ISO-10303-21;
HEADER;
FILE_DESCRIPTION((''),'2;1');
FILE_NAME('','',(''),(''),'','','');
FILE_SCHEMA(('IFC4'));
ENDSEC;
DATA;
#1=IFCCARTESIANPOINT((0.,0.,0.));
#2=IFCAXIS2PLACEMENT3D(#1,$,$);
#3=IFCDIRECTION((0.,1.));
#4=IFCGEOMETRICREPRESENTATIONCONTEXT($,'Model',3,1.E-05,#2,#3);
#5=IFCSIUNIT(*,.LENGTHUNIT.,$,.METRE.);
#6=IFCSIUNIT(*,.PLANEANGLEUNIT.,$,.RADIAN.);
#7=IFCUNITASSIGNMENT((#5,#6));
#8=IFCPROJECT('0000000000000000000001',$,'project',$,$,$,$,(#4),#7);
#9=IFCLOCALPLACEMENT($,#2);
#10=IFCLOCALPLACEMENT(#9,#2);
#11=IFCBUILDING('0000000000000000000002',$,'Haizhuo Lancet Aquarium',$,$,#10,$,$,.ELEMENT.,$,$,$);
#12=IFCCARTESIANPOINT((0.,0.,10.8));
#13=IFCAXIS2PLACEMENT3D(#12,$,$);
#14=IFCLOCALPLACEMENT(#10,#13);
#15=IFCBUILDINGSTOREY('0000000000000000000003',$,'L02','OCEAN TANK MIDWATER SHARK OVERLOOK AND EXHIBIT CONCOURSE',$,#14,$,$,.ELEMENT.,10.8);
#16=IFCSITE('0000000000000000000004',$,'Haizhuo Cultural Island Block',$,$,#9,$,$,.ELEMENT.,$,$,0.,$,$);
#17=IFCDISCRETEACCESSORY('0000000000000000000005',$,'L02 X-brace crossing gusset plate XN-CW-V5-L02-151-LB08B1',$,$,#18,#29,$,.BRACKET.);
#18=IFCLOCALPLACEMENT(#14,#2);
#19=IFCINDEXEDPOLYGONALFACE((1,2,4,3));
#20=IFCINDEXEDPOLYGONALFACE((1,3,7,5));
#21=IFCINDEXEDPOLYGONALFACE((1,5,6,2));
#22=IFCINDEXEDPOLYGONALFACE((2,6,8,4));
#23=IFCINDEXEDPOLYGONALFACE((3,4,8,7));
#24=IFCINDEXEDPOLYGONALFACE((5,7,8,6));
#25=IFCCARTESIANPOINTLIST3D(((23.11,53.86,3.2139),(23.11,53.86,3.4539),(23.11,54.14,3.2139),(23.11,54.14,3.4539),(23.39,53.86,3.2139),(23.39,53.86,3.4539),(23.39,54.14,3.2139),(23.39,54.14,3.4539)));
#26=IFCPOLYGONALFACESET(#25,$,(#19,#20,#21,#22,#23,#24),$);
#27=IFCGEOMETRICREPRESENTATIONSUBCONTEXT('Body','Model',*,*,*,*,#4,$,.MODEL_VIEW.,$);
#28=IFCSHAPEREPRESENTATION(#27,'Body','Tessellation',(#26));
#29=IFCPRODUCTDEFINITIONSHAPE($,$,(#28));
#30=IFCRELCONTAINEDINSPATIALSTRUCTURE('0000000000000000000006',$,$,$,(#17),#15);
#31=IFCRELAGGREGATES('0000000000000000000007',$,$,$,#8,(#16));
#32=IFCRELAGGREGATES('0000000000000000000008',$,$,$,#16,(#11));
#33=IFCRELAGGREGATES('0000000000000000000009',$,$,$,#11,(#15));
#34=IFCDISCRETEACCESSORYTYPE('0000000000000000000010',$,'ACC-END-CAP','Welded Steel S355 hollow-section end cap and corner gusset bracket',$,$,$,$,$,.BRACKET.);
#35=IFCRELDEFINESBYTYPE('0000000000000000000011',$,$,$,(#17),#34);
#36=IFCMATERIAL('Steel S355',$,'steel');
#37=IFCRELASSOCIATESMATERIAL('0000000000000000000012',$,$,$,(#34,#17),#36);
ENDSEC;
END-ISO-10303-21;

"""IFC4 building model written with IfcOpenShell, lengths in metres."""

from ifc_helpers import new_model, si_unit, direction, frame, origin, origin_2d, place, context, subcontext, project, spatial, rectangle, extrude, material, type_object, element, save


model = new_model("IFC4")

# Units and contexts
model_context = context("Model", 3, precision=1e-05, world=origin(), true_north=direction((0.0, 1.0)))
body_context = subcontext(model_context, "Body", "Model", "MODEL_VIEW")
ifc_project = project(units=[si_unit("LENGTHUNIT", "METRE"), si_unit("PLANEANGLEUNIT", "RADIAN")], contexts=[model_context])

# Site, building, storey
site_placement = place(None, origin())
site = spatial("IfcSite", under=ifc_project, at=site_placement, Name="Haizhuo Cultural Island Block", CompositionType="ELEMENT", RefElevation=0.0)
building_placement = place(site_placement, origin())
building = spatial("IfcBuilding", under=site, at=building_placement, Name="Haizhuo Lancet Aquarium", CompositionType="ELEMENT")
storey_placement = place(building_placement, frame((0.0, 0.0, 10.8)))
storey = spatial("IfcBuildingStorey", under=building, at=storey_placement, Name="L02", Description="OCEAN TANK MIDWATER SHARK OVERLOOK AND EXHIBIT CONCOURSE", CompositionType="ELEMENT", Elevation=10.8)

# Shared definitions
ifc_material_1 = material(Name="Steel S355", Category="steel")

# Discrete accessory
discrete_accessory_type = type_object("IfcDiscreteAccessoryType", Name="ACC-END-CAP", Description="Welded Steel S355 hollow-section end cap and corner gusset bracket", PredefinedType="BRACKET", material=ifc_material_1)
for number, where, z_axis, x_axis, name in (
    (1, (23.25, 54.0, 3.2139), (0.0, 0.0, 1.0), (1.0, 0.0, 0.0), "L02 X-brace crossing gusset plate XN-CW-V5-L02-151-LB08B1"),
):
    element("IfcDiscreteAccessory", number, at=place(storey_placement, frame(where, z_axis=z_axis, x_axis=x_axis)), inside=storey, type_object=discrete_accessory_type, material=ifc_material_1, Name=name, PredefinedType="BRACKET", context=body_context, shape_type="SweptSolid", body=[
        extrude(rectangle(XDim=0.28, YDim=0.28, at=origin_2d()), origin(), (0.0, 0.0, 1.0), 0.24),
    ])

save(model, "model.ifc")
